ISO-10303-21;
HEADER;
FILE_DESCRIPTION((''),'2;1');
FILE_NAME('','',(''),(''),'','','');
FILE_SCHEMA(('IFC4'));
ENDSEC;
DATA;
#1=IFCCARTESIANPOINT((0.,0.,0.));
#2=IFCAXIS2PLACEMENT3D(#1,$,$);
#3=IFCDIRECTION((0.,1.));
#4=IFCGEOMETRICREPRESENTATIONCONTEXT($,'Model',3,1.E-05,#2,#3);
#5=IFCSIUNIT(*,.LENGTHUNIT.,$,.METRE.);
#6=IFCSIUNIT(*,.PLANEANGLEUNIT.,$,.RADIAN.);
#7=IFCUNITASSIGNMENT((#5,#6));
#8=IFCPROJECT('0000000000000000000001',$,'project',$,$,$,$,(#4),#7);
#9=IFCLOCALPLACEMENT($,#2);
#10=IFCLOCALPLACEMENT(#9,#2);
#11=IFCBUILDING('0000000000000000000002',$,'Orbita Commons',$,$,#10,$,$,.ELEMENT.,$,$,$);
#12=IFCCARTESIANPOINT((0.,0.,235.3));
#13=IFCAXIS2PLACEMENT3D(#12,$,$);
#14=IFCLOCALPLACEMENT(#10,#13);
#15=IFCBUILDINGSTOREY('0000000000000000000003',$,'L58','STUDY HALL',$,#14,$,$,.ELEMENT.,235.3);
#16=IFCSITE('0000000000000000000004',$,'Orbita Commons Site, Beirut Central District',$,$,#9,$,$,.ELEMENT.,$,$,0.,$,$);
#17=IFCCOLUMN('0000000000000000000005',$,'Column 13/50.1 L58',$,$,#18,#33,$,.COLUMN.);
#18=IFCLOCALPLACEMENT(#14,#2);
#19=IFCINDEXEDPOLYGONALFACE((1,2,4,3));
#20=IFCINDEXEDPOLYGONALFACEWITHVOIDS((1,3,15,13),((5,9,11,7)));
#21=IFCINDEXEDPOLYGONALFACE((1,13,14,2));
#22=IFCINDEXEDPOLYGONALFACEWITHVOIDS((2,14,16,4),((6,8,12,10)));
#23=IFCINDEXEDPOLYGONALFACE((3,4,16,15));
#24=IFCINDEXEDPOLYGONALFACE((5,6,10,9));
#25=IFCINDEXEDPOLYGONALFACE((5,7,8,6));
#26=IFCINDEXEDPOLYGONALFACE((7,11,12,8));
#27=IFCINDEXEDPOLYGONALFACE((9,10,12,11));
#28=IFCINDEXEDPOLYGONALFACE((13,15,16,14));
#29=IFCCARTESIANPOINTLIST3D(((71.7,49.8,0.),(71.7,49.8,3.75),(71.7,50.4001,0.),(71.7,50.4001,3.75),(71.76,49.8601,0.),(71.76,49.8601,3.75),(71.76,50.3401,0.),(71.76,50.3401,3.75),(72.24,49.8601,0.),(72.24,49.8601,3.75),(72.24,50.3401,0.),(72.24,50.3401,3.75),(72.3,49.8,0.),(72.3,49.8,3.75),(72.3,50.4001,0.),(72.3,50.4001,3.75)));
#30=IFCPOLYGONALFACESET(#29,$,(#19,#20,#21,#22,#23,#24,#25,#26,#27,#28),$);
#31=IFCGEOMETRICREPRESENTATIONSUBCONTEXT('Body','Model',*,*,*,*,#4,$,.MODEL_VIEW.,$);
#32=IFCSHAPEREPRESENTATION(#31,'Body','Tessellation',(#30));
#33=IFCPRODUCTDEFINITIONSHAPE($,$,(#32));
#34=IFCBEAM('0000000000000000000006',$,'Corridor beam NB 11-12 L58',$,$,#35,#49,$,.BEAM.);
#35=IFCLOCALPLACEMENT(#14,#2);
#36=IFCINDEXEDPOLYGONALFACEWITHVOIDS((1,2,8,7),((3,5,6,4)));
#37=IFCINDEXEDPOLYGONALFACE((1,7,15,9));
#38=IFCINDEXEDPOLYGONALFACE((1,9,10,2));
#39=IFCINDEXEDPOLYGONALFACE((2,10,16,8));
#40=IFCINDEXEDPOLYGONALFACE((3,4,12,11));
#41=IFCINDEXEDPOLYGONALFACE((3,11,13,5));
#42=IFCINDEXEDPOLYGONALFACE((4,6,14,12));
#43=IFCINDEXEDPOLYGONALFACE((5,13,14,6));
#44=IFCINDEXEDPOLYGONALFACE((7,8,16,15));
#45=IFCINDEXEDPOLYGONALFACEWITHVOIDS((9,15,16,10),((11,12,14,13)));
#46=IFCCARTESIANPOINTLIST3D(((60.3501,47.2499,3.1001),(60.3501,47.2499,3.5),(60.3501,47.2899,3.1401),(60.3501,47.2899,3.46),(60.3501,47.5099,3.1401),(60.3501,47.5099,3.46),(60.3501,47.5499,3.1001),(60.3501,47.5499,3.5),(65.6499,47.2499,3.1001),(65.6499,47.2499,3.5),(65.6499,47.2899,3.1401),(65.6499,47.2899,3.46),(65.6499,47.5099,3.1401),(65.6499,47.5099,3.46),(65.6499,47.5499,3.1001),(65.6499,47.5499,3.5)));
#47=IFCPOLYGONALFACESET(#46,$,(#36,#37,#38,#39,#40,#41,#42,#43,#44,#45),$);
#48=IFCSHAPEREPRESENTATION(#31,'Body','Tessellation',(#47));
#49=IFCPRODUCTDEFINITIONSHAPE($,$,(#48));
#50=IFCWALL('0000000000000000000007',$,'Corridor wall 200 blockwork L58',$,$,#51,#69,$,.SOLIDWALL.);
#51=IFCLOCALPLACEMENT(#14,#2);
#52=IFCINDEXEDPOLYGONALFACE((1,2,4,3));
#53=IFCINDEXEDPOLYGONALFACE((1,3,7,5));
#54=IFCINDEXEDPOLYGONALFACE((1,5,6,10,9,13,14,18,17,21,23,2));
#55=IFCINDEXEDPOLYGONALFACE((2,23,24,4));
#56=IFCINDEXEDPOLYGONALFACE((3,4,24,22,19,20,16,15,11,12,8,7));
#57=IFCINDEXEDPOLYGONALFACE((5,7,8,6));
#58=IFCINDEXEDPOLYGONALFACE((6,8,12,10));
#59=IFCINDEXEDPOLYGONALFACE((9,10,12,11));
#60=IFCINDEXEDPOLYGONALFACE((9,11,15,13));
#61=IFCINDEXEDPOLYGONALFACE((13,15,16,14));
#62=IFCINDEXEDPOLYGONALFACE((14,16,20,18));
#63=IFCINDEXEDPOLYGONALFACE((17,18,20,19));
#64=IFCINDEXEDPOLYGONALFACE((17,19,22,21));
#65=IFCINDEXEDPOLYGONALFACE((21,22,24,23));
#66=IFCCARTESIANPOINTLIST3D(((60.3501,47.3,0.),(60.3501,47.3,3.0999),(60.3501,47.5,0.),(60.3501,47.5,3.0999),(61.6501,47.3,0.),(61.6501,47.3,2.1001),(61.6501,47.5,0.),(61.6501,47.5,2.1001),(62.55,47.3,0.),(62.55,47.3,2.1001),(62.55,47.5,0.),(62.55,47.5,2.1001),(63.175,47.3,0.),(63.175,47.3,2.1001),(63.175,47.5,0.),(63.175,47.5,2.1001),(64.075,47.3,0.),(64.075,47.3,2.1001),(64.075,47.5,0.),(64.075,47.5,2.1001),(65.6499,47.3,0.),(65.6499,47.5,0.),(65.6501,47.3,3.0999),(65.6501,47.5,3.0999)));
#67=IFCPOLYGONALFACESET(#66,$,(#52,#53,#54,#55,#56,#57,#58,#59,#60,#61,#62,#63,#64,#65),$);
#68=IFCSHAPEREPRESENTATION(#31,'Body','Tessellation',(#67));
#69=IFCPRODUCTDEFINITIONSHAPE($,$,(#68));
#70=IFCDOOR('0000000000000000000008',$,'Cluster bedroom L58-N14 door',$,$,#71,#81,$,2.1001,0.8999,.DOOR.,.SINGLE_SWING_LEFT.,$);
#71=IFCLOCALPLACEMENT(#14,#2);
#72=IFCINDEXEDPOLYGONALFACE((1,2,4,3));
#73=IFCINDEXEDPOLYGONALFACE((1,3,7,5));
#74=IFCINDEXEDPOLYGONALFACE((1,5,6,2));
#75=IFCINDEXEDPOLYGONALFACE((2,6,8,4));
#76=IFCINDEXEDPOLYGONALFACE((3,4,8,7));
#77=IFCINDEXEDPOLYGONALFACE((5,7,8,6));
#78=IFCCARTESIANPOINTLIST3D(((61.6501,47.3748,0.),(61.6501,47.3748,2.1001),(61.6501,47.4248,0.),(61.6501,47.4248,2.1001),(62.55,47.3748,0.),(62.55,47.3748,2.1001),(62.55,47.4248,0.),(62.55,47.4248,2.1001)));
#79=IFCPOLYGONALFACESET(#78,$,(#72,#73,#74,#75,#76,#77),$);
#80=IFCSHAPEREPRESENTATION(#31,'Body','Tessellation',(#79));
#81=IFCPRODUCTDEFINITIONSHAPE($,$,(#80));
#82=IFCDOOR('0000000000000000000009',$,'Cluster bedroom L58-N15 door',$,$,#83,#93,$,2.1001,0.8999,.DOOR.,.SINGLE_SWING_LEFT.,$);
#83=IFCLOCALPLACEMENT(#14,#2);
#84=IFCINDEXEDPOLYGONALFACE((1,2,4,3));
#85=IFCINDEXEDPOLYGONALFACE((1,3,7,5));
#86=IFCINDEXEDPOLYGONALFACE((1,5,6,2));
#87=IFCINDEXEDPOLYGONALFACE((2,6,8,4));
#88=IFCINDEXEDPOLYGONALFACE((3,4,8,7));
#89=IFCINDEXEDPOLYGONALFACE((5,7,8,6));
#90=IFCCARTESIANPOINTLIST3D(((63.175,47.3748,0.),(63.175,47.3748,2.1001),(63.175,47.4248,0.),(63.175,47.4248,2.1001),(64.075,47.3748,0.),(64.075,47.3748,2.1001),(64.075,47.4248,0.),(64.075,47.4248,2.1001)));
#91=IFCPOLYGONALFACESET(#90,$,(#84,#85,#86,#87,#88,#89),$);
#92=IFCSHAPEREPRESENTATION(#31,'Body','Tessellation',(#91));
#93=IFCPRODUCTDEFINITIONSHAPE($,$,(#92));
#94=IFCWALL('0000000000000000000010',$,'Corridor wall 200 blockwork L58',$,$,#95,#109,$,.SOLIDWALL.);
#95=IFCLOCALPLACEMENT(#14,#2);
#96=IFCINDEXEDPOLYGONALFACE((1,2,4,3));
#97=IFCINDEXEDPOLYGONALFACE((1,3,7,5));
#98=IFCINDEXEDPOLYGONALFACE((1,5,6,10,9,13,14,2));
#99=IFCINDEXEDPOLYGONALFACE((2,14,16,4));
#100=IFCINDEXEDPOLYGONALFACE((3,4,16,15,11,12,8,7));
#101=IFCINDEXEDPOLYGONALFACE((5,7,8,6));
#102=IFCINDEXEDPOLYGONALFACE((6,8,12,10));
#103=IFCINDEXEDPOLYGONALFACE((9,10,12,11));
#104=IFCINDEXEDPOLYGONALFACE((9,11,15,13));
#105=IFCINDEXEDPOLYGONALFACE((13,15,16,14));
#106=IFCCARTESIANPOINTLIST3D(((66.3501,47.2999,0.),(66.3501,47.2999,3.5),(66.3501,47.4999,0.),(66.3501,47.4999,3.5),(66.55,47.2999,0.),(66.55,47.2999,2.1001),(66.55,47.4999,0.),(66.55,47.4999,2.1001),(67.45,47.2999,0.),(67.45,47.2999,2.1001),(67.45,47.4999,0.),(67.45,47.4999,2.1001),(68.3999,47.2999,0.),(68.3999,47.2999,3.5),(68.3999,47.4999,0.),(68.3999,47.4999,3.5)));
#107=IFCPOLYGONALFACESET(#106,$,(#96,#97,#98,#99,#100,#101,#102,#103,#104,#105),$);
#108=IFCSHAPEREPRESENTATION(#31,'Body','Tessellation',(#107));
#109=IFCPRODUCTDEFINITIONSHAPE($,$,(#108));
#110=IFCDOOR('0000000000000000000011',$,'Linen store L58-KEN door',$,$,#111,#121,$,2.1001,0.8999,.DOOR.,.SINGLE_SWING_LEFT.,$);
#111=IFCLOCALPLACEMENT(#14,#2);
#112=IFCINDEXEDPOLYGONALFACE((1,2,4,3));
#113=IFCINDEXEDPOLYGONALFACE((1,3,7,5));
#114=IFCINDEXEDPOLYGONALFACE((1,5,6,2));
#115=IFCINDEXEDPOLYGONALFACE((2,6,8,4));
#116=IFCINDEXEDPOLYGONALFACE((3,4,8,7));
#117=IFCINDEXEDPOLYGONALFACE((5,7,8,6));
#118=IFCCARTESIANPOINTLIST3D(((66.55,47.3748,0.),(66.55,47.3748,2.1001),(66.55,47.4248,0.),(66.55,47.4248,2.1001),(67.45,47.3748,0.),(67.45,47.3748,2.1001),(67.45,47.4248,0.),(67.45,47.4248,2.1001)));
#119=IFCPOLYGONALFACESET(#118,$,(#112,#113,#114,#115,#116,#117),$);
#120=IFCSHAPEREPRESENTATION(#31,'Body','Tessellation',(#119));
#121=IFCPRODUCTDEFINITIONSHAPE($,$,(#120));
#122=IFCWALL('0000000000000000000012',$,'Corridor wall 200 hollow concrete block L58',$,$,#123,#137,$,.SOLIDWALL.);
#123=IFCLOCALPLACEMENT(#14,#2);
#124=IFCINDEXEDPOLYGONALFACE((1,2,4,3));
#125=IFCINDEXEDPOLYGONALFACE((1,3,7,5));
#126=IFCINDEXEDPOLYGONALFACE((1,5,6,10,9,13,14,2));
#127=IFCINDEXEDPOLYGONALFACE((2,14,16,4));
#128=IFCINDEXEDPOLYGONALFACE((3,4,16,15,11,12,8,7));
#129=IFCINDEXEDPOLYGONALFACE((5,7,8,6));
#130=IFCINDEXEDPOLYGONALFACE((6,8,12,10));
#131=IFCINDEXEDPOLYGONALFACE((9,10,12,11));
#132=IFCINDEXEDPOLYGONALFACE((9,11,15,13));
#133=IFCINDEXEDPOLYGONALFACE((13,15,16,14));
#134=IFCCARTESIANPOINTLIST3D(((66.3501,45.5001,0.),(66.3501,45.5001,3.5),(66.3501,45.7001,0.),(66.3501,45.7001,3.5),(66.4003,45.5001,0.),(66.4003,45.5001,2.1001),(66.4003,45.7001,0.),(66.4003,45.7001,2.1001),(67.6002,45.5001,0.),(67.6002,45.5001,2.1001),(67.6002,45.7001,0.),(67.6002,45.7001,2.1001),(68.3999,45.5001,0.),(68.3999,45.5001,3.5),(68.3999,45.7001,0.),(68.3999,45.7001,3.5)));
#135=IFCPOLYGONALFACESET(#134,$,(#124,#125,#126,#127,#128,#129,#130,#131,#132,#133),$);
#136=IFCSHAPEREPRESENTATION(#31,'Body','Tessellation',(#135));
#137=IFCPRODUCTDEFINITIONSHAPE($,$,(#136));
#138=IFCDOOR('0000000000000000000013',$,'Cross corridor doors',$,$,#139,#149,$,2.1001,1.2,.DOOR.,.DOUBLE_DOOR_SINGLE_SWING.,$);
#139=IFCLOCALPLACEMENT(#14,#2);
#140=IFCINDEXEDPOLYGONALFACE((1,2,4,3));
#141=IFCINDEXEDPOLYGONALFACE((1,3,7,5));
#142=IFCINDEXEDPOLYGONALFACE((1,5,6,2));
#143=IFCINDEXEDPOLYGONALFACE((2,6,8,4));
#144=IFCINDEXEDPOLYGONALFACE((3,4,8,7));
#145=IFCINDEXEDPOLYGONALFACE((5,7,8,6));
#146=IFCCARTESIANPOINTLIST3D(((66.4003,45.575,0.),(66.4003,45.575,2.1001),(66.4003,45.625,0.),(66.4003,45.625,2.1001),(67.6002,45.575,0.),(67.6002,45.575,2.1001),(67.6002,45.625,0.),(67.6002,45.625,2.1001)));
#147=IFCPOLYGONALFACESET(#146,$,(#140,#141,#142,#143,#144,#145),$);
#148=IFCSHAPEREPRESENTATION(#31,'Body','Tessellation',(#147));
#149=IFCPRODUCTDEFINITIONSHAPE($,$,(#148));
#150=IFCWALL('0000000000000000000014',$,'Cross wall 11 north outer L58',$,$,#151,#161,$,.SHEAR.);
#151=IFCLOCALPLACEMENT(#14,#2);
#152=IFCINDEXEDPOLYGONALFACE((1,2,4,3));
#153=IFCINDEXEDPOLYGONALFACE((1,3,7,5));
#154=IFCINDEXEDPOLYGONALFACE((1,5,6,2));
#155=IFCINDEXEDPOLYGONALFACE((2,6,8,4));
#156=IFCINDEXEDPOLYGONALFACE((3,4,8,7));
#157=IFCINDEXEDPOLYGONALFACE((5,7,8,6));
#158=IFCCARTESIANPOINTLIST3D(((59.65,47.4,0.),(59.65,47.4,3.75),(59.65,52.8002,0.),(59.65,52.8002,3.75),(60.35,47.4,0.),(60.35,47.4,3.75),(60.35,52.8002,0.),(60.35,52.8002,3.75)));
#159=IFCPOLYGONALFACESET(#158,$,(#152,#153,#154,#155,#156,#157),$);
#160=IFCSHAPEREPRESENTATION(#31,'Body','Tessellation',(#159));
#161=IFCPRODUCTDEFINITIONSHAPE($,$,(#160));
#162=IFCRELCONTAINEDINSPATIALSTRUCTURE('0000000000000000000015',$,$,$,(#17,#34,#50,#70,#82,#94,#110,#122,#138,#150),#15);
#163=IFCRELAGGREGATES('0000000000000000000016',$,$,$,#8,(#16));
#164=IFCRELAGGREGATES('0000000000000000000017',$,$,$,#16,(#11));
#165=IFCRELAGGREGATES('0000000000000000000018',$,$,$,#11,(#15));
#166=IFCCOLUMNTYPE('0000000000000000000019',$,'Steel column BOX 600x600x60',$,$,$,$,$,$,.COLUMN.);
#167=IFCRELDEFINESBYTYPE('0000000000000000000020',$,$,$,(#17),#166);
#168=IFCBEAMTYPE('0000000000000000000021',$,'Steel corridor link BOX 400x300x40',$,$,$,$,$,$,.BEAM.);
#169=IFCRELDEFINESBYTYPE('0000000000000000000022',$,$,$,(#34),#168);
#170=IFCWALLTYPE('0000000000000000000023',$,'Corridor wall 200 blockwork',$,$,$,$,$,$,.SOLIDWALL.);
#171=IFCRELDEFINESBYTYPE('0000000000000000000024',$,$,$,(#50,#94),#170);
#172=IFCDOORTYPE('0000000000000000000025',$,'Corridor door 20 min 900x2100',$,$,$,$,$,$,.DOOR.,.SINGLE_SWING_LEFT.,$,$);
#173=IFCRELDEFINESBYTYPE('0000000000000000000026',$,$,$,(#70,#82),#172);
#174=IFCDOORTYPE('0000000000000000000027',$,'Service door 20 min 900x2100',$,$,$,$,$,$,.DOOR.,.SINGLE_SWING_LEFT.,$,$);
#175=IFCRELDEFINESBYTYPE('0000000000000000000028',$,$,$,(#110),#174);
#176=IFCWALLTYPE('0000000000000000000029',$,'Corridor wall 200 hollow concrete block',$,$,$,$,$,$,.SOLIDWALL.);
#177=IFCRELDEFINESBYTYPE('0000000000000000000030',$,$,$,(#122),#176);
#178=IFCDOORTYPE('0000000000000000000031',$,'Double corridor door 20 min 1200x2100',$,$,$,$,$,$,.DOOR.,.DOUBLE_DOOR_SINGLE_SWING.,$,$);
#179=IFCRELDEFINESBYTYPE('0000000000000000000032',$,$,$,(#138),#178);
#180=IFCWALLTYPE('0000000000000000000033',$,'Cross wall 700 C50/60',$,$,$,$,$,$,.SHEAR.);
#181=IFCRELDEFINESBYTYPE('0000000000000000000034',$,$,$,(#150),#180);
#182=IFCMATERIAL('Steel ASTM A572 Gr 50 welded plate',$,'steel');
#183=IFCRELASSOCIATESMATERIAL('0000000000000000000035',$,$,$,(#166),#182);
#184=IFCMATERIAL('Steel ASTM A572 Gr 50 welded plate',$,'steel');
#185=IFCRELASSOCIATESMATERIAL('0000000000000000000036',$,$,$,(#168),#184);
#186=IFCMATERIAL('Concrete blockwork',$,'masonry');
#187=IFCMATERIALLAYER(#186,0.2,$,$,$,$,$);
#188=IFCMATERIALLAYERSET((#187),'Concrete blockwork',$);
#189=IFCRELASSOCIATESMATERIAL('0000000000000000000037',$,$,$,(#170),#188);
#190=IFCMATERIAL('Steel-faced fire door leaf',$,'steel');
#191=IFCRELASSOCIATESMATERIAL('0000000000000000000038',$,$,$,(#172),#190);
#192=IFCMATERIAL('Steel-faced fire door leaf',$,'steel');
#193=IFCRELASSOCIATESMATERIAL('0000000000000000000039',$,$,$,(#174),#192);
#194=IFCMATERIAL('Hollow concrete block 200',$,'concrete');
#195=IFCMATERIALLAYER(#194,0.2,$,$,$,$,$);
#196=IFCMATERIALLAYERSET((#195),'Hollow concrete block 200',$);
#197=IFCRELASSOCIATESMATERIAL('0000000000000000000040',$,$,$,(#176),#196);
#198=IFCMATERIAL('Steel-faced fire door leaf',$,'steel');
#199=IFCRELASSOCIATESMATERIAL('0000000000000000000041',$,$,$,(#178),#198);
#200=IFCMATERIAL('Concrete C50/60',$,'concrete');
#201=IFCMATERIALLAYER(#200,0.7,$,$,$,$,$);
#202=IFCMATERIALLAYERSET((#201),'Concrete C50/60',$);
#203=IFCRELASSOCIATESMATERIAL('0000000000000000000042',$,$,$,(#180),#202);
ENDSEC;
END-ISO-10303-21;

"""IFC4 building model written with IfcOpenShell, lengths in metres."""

from ifc_helpers import new_model, si_unit, direction, frame, frame_2d, origin, origin_2d, place, context, subcontext, project, spatial, polyline, rectangle, hollow_rectangle, outline, extrude, material, layer, layer_set, material_profile, profile_set, type_object, element, fill, save


model = new_model("IFC4")

# Units and contexts
model_context = context("Model", 3, precision=1e-05, world=origin(), true_north=direction((0.0, 1.0)))
body_context = subcontext(model_context, "Body", "Model", "MODEL_VIEW")
ifc_project = project(units=[si_unit("LENGTHUNIT", "METRE"), si_unit("PLANEANGLEUNIT", "RADIAN")], contexts=[model_context])

# Site, building, storey
site_placement = place(None, origin())
site = spatial("IfcSite", under=ifc_project, at=site_placement, Name="Orbita Commons Site, Beirut Central District", CompositionType="ELEMENT", RefElevation=0.0)
building_placement = place(site_placement, origin())
building = spatial("IfcBuilding", under=site, at=building_placement, Name="Orbita Commons", CompositionType="ELEMENT")
storey_placement = place(building_placement, frame((0.0, 0.0, 235.3)))
storey = spatial("IfcBuildingStorey", under=building, at=storey_placement, Name="L58", Description="STUDY HALL", CompositionType="ELEMENT", Elevation=235.3)

# Column
ifc_material_1 = material(Name="Steel ASTM A572 Gr 50 welded plate", Category="steel")
ifc_material_profile_1 = material_profile(ifc_material_1, hollow_rectangle(XDim=0.6001, YDim=0.6001, WallThickness=0.0601, at=origin_2d()), Name="BOX 600x600x60")
ifc_profile_set_1 = profile_set([ifc_material_profile_1], Name="Steel ASTM A572 Gr 50 welded plate")
column_type = type_object("IfcColumnType", Name="Steel column BOX 600x600x60", PredefinedType="COLUMN", material=ifc_profile_set_1)
column_placement = place(storey_placement, frame((72.0, 50.1001, 0.0), z_axis=(0.0, 0.0, 1.0), x_axis=(1.0, 0.0, 0.0)))
element("IfcColumn", 1, at=column_placement, inside=storey, type_object=column_type, Name="Column 13/50.1 L58", PredefinedType="COLUMN", context=body_context, shape_type="SweptSolid", body=[
    extrude(hollow_rectangle(XDim=0.6001, YDim=0.6001, WallThickness=0.0601, at=origin_2d()), origin(), (0.0, 0.0, 1.0), 3.75),
])

# Beam
ifc_material_2 = material(Name="Steel ASTM A572 Gr 50 welded plate", Category="steel")
ifc_material_profile_2 = material_profile(ifc_material_2, hollow_rectangle(XDim=0.3, YDim=0.3999, WallThickness=0.04, at=origin_2d()), Name="BOX 400x300x40")
ifc_profile_set_2 = profile_set([ifc_material_profile_2], Name="Steel ASTM A572 Gr 50 welded plate")
beam_type = type_object("IfcBeamType", Name="Steel corridor link BOX 400x300x40", PredefinedType="BEAM", material=ifc_profile_set_2)
beam_placement = place(storey_placement, frame((60.3501, 47.3999, 3.3), z_axis=(1.0, 0.0, 0.0), x_axis=(0.0, 1.0, 0.0)))
element("IfcBeam", 2, at=beam_placement, inside=storey, type_object=beam_type, Name="Corridor beam NB 11-12 L58", PredefinedType="BEAM", context=body_context, shape_type="SweptSolid", body=[
    extrude(hollow_rectangle(XDim=0.3, YDim=0.3999, WallThickness=0.04, at=origin_2d()), origin(), (0.0, 0.0, 1.0), 5.2998),
])

# Wall, openings, doors
ifc_material_3 = material(Name="Concrete blockwork", Category="masonry")
ifc_layer_1 = layer(ifc_material_3, 0.2)
ifc_layer_set_1 = layer_set([ifc_layer_1], Name="Concrete blockwork")
wall_type_1 = type_object("IfcWallType", Name="Corridor wall 200 blockwork", PredefinedType="SOLIDWALL", material=ifc_layer_set_1)
wall_1_placement = place(storey_placement, frame((60.3501, 47.3999, 0.0), z_axis=(0.0, 0.0, 1.0), x_axis=(1.0, 0.0, 0.0)))
wall_1 = element("IfcWall", 3, at=wall_1_placement, inside=storey, type_object=wall_type_1, Name="Corridor wall 200 blockwork L58", PredefinedType="SOLIDWALL", context=body_context, shape_type="SweptSolid", body=[
    extrude(outline(polyline([(0.0, 0.0), (5.2998, 0.0), (5.3, 3.0999), (0.0, 3.0999), (0.0, 0.0)])), frame((0.0, 0.1001, 0.0), z_axis=(0.0, -1.0, 0.0), x_axis=(1.0, 0.0, 0.0)), (0.0, 0.0, 1.0), 0.2),
])
opening_1_placement = place(wall_1_placement, frame((1.3, 0.0, 0.0)))
opening_1 = element("IfcOpeningElement", 4, at=opening_1_placement, cuts=wall_1, PredefinedType="OPENING", context=body_context, shape_type="SweptSolid", body=[
    extrude(rectangle(XDim=0.8999, YDim=2.1001, at=frame_2d((0.45, 1.05))), frame((0.0, 0.1099, 0.0), z_axis=(0.0, -1.0, 0.0), x_axis=(1.0, 0.0, 0.0)), (0.0, 0.0, 1.0), 0.22),
])
opening_2_placement = place(wall_1_placement, frame((2.825, 0.0, 0.0)))
opening_2 = element("IfcOpeningElement", 5, at=opening_2_placement, cuts=wall_1, PredefinedType="OPENING", context=body_context, shape_type="SweptSolid", body=[
    extrude(rectangle(XDim=0.8999, YDim=2.1001, at=frame_2d((0.45, 1.05))), frame((0.0, 0.1099, 0.0), z_axis=(0.0, -1.0, 0.0), x_axis=(1.0, 0.0, 0.0)), (0.0, 0.0, 1.0), 0.22),
])
ifc_material_4 = material(Name="Steel-faced fire door leaf", Category="steel")
door_type_1 = type_object("IfcDoorType", Name="Corridor door 20 min 900x2100", OperationType="SINGLE_SWING_LEFT", PredefinedType="DOOR", material=ifc_material_4)
door_1_placement = place(opening_1_placement, origin())
door_1 = element("IfcDoor", 6, at=door_1_placement, inside=storey, type_object=door_type_1, Name="Cluster bedroom L58-N14 door", OperationType="SINGLE_SWING_LEFT", OverallHeight=2.1001, OverallWidth=0.8999, PredefinedType="DOOR", context=body_context, shape_type="SweptSolid", body=[
    extrude(rectangle(XDim=0.8999, YDim=2.1001, at=frame_2d((0.45, 1.05))), frame((0.0, 0.0249, 0.0), z_axis=(0.0, -1.0, 0.0), x_axis=(1.0, 0.0, 0.0)), (0.0, 0.0, 1.0), 0.05),
])
fill(opening_1, door_1)
door_2_placement = place(opening_2_placement, origin())
door_2 = element("IfcDoor", 7, at=door_2_placement, inside=storey, type_object=door_type_1, Name="Cluster bedroom L58-N15 door", OperationType="SINGLE_SWING_LEFT", OverallHeight=2.1001, OverallWidth=0.8999, PredefinedType="DOOR", context=body_context, shape_type="SweptSolid", body=[
    extrude(rectangle(XDim=0.8999, YDim=2.1001, at=frame_2d((0.45, 1.05))), frame((0.0, 0.0249, 0.0), z_axis=(0.0, -1.0, 0.0), x_axis=(1.0, 0.0, 0.0)), (0.0, 0.0, 1.0), 0.05),
])
fill(opening_2, door_2)

# Walls, openings, doors
wall_2_placement = place(storey_placement, frame((66.3501, 47.3999, 0.0), z_axis=(0.0, 0.0, 1.0), x_axis=(1.0, 0.0, 0.0)))
wall_2 = element("IfcWall", 8, at=wall_2_placement, inside=storey, type_object=wall_type_1, Name="Corridor wall 200 blockwork L58", PredefinedType="SOLIDWALL", context=body_context, shape_type="SweptSolid", body=[
    extrude(rectangle(XDim=2.0498, YDim=0.2, at=frame_2d((1.0249, 0.0))), origin(), (0.0, 0.0, 1.0), 3.5),
])
opening_3_placement = place(wall_2_placement, frame((0.2, 0.0, 0.0)))
opening_3 = element("IfcOpeningElement", 9, at=opening_3_placement, cuts=wall_2, PredefinedType="OPENING", context=body_context, shape_type="SweptSolid", body=[
    extrude(rectangle(XDim=0.8999, YDim=2.1001, at=frame_2d((0.45, 1.05))), frame((0.0, 0.1099, 0.0), z_axis=(0.0, -1.0, 0.0), x_axis=(1.0, 0.0, 0.0)), (0.0, 0.0, 1.0), 0.22),
])
ifc_material_5 = material(Name="Steel-faced fire door leaf", Category="steel")
door_type_2 = type_object("IfcDoorType", Name="Service door 20 min 900x2100", OperationType="SINGLE_SWING_LEFT", PredefinedType="DOOR", material=ifc_material_5)
door_3_placement = place(opening_3_placement, origin())
door_3 = element("IfcDoor", 10, at=door_3_placement, inside=storey, type_object=door_type_2, Name="Linen store L58-KEN door", OperationType="SINGLE_SWING_LEFT", OverallHeight=2.1001, OverallWidth=0.8999, PredefinedType="DOOR", context=body_context, shape_type="SweptSolid", body=[
    extrude(rectangle(XDim=0.8999, YDim=2.1001, at=frame_2d((0.45, 1.05))), frame((0.0, 0.0249, 0.0), z_axis=(0.0, -1.0, 0.0), x_axis=(1.0, 0.0, 0.0)), (0.0, 0.0, 1.0), 0.05),
])
fill(opening_3, door_3)
ifc_material_6 = material(Name="Hollow concrete block 200", Category="concrete")
ifc_layer_2 = layer(ifc_material_6, 0.2)
ifc_layer_set_2 = layer_set([ifc_layer_2], Name="Hollow concrete block 200")
wall_type_2 = type_object("IfcWallType", Name="Corridor wall 200 hollow concrete block", PredefinedType="SOLIDWALL", material=ifc_layer_set_2)
wall_3_placement = place(storey_placement, frame((66.3501, 45.6001, 0.0), z_axis=(0.0, 0.0, 1.0), x_axis=(1.0, 0.0, 0.0)))
wall_3 = element("IfcWall", 11, at=wall_3_placement, inside=storey, type_object=wall_type_2, Name="Corridor wall 200 hollow concrete block L58", PredefinedType="SOLIDWALL", context=body_context, shape_type="SweptSolid", body=[
    extrude(rectangle(XDim=2.0498, YDim=0.2, at=frame_2d((1.0249, 0.0))), origin(), (0.0, 0.0, 1.0), 3.5),
])
opening_4_placement = place(wall_3_placement, frame((0.05, 0.0, 0.0)))
opening_4 = element("IfcOpeningElement", 12, at=opening_4_placement, cuts=wall_3, PredefinedType="OPENING", context=body_context, shape_type="SweptSolid", body=[
    extrude(rectangle(XDim=1.2, YDim=2.1001, at=frame_2d((0.6001, 1.05))), frame((0.0, 0.1099, 0.0), z_axis=(0.0, -1.0, 0.0), x_axis=(1.0, 0.0, 0.0)), (0.0, 0.0, 1.0), 0.22),
])
ifc_material_7 = material(Name="Steel-faced fire door leaf", Category="steel")
door_type_3 = type_object("IfcDoorType", Name="Double corridor door 20 min 1200x2100", OperationType="DOUBLE_DOOR_SINGLE_SWING", PredefinedType="DOOR", material=ifc_material_7)
door_4_placement = place(opening_4_placement, origin())
door_4 = element("IfcDoor", 13, at=door_4_placement, inside=storey, type_object=door_type_3, Name="Cross corridor doors", OperationType="DOUBLE_DOOR_SINGLE_SWING", OverallHeight=2.1001, OverallWidth=1.2, PredefinedType="DOOR", context=body_context, shape_type="SweptSolid", body=[
    extrude(rectangle(XDim=1.2, YDim=2.1001, at=frame_2d((0.6001, 1.05))), frame((0.0, 0.0249, 0.0), z_axis=(0.0, -1.0, 0.0), x_axis=(1.0, 0.0, 0.0)), (0.0, 0.0, 1.0), 0.05),
])
fill(opening_4, door_4)

# Wall
ifc_material_8 = material(Name="Concrete C50/60", Category="concrete")
ifc_layer_3 = layer(ifc_material_8, 0.7)
ifc_layer_set_3 = layer_set([ifc_layer_3], Name="Concrete C50/60")
wall_type_3 = type_object("IfcWallType", Name="Cross wall 700 C50/60", PredefinedType="SHEAR", material=ifc_layer_set_3)
for number, where, z_axis, x_axis, name in (
    (14, (60.0, 47.3999, 0.0), (0.0, 0.0, 1.0), (0.0, 1.0, 0.0), "Cross wall 11 north outer L58"),
):
    element("IfcWall", number, at=place(storey_placement, frame(where, z_axis=z_axis, x_axis=x_axis)), inside=storey, type_object=wall_type_3, Name=name, PredefinedType="SHEAR", context=body_context, shape_type="SweptSolid", body=[
        extrude(rectangle(XDim=5.4001, YDim=0.7, at=frame_2d((2.7002, 0.0))), origin(), (0.0, 0.0, 1.0), 3.75),
    ])

save(model, "model.ifc")
